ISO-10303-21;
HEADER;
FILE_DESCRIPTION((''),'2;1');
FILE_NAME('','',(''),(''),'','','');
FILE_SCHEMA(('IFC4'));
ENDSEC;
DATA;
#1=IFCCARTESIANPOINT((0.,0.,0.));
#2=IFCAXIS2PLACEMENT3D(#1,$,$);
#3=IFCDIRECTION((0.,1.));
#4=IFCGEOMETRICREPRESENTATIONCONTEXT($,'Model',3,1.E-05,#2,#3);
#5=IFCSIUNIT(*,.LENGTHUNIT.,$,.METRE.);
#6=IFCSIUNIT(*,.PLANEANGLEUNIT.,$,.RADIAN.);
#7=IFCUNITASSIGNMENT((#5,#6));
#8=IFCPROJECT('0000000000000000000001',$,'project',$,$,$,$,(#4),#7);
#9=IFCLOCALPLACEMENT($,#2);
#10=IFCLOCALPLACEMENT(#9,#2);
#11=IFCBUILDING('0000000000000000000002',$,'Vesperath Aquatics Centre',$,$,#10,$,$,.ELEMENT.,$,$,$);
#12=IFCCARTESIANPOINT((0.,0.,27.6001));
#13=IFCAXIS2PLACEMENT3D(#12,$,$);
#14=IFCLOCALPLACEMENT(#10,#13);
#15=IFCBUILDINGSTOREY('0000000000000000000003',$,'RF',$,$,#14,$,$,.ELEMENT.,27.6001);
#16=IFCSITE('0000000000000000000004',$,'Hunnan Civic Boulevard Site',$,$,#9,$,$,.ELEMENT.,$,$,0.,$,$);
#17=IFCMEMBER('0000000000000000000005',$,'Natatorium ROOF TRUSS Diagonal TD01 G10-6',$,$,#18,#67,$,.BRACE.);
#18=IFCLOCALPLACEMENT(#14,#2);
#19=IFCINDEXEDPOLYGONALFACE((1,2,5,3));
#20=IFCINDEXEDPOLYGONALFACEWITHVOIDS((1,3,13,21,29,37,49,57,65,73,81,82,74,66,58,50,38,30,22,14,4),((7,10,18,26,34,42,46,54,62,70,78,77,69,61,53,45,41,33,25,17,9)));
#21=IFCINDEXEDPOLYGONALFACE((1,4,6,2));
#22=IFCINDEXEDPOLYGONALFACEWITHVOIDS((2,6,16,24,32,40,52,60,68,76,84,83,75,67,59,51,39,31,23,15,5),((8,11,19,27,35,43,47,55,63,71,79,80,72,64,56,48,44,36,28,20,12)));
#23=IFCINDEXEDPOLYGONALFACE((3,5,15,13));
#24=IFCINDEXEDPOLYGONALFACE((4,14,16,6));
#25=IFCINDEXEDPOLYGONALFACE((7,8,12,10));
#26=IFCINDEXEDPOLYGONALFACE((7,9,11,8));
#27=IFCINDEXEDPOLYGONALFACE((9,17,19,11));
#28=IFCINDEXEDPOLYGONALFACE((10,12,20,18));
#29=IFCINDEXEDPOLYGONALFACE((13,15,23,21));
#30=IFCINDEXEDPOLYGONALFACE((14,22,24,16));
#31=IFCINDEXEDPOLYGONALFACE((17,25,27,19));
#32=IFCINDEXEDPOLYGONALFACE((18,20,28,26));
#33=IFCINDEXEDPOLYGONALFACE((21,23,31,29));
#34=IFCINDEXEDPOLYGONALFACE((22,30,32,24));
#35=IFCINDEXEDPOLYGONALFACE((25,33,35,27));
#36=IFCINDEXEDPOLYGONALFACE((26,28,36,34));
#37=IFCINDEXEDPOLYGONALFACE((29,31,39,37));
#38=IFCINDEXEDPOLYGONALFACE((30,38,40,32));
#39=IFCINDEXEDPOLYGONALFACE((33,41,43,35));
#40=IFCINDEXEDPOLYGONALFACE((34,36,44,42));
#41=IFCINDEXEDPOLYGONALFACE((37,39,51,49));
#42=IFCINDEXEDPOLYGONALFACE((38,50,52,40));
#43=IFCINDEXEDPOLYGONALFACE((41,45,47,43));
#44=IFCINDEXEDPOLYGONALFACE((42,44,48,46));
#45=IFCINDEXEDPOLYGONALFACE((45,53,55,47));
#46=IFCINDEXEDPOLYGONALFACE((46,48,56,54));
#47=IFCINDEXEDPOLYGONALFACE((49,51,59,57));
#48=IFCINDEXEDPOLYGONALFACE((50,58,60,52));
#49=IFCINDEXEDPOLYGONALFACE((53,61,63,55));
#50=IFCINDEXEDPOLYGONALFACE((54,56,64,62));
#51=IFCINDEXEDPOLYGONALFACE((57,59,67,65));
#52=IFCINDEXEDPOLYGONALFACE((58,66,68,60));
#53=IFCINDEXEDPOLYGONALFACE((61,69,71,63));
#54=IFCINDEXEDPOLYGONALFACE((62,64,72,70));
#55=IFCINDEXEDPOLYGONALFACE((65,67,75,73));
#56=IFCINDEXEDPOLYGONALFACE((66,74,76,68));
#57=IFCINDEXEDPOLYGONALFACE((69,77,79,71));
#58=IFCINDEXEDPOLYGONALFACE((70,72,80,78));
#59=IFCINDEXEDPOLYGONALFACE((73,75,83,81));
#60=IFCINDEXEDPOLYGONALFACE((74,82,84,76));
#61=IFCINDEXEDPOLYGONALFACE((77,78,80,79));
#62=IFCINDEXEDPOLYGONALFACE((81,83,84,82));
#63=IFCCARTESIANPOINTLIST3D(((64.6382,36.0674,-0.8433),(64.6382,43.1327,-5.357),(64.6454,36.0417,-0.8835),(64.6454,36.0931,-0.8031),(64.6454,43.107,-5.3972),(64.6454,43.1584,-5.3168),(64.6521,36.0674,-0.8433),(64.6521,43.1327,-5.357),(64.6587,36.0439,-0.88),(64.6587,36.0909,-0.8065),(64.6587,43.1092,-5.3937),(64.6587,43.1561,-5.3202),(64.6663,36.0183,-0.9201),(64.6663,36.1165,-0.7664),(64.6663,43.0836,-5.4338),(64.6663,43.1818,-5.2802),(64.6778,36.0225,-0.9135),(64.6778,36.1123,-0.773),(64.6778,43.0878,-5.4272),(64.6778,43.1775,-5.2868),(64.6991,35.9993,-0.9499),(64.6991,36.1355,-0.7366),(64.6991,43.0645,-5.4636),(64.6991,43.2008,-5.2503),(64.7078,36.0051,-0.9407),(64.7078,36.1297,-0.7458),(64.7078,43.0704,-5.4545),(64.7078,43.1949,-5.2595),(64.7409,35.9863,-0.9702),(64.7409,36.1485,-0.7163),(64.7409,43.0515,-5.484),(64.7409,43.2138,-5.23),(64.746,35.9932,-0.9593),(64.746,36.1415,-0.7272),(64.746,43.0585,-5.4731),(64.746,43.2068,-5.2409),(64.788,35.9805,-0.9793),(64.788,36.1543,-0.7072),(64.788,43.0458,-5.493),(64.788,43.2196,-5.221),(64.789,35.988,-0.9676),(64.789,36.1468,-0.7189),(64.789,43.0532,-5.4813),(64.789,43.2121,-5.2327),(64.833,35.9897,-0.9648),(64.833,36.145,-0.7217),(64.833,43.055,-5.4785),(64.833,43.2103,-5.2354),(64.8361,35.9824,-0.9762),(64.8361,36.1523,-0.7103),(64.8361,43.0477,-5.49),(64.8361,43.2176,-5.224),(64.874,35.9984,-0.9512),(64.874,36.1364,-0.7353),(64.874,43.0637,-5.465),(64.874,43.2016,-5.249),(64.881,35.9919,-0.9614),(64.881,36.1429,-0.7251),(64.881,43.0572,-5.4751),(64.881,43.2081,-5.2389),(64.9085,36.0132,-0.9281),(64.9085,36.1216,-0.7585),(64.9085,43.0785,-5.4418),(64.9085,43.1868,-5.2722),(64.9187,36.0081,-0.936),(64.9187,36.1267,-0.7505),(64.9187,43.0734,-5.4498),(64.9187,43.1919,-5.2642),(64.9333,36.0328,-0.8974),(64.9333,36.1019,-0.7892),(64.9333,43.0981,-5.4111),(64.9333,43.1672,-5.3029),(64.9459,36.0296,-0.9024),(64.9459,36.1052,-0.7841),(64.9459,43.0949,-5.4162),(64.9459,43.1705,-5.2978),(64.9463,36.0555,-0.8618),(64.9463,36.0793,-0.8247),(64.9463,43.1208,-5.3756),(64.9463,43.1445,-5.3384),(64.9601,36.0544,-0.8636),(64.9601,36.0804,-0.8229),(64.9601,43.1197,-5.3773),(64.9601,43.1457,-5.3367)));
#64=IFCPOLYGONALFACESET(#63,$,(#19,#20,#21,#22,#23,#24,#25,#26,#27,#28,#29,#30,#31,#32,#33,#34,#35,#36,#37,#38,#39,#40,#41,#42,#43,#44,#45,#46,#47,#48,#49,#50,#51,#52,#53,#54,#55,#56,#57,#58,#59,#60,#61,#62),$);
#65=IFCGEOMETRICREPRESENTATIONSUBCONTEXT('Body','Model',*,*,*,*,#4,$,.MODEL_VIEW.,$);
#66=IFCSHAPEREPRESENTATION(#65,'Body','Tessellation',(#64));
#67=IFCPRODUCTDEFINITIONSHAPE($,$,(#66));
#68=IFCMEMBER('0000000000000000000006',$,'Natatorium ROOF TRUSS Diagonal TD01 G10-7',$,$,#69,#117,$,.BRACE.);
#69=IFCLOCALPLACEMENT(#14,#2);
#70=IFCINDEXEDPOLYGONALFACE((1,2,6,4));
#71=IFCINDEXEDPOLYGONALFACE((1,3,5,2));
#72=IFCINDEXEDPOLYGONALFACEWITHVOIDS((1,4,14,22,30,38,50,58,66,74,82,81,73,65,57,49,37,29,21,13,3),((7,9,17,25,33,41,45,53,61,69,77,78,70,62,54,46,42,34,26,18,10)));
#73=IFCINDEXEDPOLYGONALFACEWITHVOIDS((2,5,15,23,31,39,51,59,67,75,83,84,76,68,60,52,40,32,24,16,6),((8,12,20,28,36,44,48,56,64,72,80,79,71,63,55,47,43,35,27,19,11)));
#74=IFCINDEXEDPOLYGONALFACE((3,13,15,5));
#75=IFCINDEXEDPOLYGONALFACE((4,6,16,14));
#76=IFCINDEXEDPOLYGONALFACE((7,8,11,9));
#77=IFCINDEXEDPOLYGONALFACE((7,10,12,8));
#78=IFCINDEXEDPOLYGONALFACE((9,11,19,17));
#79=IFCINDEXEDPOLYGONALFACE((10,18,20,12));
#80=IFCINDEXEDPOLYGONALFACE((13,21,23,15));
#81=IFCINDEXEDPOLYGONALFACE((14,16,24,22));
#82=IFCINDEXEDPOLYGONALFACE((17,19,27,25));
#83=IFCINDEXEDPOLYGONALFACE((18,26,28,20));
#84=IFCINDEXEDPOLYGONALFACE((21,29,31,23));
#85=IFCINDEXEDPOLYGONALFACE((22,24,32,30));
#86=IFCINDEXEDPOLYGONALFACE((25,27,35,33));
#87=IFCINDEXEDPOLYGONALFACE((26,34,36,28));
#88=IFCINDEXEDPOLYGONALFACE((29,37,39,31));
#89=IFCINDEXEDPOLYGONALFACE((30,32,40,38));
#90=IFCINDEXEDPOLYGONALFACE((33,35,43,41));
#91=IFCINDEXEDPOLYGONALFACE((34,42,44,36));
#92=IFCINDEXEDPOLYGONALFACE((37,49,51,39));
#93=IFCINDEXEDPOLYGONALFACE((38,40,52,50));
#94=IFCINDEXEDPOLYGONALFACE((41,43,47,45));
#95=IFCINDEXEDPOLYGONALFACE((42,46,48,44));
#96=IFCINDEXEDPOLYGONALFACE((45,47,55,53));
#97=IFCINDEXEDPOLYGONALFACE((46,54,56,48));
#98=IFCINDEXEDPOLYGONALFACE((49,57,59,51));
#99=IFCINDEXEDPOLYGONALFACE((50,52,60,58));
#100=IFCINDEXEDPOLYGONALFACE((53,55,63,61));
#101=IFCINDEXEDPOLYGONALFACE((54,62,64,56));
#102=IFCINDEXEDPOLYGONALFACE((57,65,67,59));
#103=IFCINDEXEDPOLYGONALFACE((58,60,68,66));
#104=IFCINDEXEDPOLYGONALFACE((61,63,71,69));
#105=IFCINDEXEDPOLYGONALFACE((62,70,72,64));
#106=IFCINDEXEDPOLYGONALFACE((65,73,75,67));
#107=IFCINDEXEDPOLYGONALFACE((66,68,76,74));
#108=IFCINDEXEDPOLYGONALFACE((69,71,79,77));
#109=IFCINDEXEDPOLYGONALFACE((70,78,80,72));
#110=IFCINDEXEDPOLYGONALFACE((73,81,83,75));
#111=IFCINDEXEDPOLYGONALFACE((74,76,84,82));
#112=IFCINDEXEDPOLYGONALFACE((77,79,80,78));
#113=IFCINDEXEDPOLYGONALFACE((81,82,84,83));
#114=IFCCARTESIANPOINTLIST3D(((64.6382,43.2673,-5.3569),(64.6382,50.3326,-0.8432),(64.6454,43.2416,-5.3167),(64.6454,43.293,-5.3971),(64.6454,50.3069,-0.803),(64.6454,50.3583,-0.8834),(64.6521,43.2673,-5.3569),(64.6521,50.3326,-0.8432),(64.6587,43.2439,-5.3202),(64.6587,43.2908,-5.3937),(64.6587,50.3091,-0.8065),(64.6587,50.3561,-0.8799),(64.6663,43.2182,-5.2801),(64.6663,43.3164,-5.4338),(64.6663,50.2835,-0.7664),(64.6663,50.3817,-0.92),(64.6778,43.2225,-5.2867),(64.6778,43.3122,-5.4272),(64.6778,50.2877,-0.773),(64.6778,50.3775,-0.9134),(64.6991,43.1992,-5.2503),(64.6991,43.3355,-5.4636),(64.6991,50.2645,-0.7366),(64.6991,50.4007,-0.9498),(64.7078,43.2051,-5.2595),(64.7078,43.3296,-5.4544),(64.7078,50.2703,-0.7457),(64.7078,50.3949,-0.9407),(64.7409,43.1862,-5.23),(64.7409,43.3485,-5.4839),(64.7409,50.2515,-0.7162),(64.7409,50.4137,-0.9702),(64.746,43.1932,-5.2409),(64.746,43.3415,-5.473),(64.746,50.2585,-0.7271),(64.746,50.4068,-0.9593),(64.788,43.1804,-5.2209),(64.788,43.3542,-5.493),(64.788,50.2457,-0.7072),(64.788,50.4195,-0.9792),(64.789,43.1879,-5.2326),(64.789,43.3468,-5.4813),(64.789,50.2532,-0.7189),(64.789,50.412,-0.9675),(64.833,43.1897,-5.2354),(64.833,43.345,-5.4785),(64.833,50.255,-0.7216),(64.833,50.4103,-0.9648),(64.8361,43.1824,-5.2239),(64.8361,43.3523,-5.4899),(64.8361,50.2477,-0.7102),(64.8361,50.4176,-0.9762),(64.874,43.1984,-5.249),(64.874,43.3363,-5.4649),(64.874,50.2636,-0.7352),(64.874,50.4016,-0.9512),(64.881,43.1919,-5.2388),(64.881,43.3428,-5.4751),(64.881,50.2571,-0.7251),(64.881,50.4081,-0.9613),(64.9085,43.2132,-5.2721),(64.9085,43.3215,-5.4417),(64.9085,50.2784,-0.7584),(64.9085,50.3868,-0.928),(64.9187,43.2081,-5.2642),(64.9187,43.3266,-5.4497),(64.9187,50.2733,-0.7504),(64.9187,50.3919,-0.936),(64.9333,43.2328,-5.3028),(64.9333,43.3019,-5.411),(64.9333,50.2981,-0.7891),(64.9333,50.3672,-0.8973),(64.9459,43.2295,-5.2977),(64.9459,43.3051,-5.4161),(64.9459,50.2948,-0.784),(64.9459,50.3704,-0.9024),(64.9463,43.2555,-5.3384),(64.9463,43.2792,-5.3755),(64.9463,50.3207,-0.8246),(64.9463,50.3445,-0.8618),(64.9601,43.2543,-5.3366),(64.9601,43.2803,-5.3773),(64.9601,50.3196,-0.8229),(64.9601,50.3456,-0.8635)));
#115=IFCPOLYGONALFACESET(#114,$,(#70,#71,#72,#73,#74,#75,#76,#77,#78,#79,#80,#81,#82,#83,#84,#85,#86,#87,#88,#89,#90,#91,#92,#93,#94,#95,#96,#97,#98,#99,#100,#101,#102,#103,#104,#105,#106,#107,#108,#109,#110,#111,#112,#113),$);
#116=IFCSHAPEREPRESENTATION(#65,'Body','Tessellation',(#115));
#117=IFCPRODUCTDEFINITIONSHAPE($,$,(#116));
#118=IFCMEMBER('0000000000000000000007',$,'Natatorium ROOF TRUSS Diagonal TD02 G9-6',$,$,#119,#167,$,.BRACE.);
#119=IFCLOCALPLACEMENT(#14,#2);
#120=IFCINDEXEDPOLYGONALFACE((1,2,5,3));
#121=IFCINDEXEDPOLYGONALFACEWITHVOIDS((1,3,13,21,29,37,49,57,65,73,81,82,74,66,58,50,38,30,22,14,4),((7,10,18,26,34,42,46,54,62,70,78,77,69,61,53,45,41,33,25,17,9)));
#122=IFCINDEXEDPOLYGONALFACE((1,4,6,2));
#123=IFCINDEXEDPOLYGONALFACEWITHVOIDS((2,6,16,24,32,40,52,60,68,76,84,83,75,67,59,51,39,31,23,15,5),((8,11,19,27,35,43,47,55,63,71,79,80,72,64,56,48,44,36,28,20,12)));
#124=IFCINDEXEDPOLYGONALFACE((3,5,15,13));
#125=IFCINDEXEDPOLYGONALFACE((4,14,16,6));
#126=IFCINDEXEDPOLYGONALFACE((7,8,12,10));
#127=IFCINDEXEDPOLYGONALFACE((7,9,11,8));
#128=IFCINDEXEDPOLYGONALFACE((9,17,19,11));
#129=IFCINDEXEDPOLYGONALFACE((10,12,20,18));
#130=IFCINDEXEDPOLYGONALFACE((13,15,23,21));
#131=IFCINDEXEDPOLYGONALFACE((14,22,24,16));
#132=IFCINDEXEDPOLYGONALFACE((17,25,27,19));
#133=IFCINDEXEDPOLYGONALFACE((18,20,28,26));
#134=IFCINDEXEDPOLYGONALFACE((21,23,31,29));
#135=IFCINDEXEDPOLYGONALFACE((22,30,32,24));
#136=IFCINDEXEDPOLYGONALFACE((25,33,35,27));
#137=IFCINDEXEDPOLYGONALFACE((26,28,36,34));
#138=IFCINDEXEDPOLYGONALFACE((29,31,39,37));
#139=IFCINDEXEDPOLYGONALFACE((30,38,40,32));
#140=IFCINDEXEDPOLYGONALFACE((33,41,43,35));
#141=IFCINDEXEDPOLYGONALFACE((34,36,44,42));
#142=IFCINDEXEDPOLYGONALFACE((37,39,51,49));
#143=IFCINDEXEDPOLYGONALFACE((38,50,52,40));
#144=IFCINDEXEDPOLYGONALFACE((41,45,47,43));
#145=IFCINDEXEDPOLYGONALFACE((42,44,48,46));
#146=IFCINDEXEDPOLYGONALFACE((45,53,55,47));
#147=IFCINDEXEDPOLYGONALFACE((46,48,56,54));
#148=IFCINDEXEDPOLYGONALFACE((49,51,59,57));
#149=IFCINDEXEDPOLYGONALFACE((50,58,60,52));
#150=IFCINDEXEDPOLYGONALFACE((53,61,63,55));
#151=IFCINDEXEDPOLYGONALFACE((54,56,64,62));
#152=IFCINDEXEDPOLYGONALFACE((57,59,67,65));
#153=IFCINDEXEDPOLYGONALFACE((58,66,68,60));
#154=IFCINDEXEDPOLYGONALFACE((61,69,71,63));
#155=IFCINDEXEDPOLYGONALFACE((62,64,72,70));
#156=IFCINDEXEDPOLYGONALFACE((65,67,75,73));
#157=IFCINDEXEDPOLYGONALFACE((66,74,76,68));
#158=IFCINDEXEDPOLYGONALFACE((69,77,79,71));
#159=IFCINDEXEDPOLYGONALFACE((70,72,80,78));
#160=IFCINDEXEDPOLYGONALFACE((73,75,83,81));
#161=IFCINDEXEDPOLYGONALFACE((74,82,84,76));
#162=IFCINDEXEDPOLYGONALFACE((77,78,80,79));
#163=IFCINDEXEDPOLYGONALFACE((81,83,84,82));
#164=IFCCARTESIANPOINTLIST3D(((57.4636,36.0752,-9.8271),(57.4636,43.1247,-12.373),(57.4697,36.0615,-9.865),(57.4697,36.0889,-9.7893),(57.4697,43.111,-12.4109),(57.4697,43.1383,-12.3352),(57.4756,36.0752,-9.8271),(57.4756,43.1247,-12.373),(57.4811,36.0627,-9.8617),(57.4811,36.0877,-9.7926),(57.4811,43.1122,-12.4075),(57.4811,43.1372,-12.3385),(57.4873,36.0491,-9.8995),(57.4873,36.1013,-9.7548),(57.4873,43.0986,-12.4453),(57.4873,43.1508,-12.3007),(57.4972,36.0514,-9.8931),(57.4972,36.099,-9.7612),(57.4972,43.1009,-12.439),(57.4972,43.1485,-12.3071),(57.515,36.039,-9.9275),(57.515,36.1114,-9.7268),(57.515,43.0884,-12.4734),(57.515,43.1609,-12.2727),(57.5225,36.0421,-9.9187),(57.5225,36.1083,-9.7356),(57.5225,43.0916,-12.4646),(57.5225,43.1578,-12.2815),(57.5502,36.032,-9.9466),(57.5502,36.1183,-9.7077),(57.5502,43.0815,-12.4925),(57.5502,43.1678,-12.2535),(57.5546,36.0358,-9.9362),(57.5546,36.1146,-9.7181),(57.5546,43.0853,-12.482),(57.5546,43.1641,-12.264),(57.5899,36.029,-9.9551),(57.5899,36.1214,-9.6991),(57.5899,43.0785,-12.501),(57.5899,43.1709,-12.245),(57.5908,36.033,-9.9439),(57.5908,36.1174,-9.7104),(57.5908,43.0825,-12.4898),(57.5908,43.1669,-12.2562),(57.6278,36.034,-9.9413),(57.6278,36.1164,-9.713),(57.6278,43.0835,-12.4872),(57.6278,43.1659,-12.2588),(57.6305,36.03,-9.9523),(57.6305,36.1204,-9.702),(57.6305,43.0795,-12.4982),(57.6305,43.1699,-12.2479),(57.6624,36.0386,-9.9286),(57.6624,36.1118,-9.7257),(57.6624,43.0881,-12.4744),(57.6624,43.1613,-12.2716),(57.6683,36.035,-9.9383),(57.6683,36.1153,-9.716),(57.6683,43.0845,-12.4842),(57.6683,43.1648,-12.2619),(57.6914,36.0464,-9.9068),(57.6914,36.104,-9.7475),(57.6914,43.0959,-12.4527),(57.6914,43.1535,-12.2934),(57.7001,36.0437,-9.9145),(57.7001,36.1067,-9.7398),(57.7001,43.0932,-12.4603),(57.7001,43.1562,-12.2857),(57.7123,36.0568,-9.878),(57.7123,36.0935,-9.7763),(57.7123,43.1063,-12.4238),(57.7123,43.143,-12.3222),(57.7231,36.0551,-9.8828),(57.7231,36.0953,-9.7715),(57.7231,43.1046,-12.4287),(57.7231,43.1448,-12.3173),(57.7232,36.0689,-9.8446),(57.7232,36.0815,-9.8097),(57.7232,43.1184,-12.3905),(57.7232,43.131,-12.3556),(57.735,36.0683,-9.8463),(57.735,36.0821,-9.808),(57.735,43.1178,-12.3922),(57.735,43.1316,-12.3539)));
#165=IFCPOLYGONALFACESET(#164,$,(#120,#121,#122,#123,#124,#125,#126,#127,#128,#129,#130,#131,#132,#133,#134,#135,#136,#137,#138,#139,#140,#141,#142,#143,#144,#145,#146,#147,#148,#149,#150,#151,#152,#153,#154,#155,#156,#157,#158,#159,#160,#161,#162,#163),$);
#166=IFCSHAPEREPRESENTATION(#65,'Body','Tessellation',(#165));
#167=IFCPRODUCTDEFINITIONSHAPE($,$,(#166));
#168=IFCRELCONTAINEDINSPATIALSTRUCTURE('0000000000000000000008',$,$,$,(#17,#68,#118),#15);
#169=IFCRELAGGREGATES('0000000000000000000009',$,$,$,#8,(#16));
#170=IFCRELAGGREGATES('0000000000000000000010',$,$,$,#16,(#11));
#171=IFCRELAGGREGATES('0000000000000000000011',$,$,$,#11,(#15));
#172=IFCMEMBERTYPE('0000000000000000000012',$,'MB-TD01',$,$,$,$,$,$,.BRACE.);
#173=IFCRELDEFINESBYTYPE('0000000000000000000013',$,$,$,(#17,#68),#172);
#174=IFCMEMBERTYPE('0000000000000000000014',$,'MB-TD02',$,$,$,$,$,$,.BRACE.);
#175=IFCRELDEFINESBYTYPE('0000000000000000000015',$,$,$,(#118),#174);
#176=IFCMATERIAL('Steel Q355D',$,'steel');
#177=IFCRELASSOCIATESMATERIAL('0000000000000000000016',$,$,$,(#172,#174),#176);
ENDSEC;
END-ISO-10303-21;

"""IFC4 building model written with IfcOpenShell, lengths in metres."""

from ifc_helpers import new_model, si_unit, direction, frame, origin, origin_2d, place, context, subcontext, project, spatial, hollow_circle, extrude, material, material_profile, profile_set, type_object, element, save


model = new_model("IFC4")

# Units and contexts
model_context = context("Model", 3, precision=1e-05, world=origin(), true_north=direction((0.0, 1.0)))
body_context = subcontext(model_context, "Body", "Model", "MODEL_VIEW")
ifc_project = project(units=[si_unit("LENGTHUNIT", "METRE"), si_unit("PLANEANGLEUNIT", "RADIAN")], contexts=[model_context])

# Site, building, storey
site_placement = place(None, origin())
site = spatial("IfcSite", under=ifc_project, at=site_placement, Name="Hunnan Civic Boulevard Site", CompositionType="ELEMENT", RefElevation=0.0)
building_placement = place(site_placement, origin())
building = spatial("IfcBuilding", under=site, at=building_placement, Name="Vesperath Aquatics Centre", CompositionType="ELEMENT")
storey_placement = place(building_placement, frame((0.0, 0.0, 27.6001)))
storey = spatial("IfcBuildingStorey", under=building, at=storey_placement, Name="RF", CompositionType="ELEMENT", Elevation=27.6001)

# Members
ifc_material_1 = material(Name="Steel Q355D", Category="steel")
ifc_material_profile_1 = material_profile(ifc_material_1, hollow_circle(Radius=0.1619, WallThickness=0.0139, at=origin_2d()), Name="CHS 323.9x14")
ifc_profile_set_1 = profile_set([ifc_material_profile_1], Name="Steel Q355D")
member_type_1 = type_object("IfcMemberType", Name="MB-TD01", PredefinedType="BRACE", material=ifc_profile_set_1)
for number, where, z_axis, x_axis, name in (
    (1, (64.8, 36.0674, -0.8433), (0.0, 0.842707, -0.538373), (-1.0, 0.0, 0.0), "Natatorium ROOF TRUSS Diagonal TD01 G10-6"),
    (2, (64.8, 43.2673, -5.3569), (0.0, 0.842707, 0.538373), (-1.0, 0.0, 0.0), "Natatorium ROOF TRUSS Diagonal TD01 G10-7"),
):
    element("IfcMember", number, at=place(storey_placement, frame(where, z_axis=z_axis, x_axis=x_axis)), inside=storey, type_object=member_type_1, Name=name, PredefinedType="BRACE", context=body_context, shape_type="SweptSolid", body=[
        extrude(hollow_circle(Radius=0.1619, WallThickness=0.0139, at=origin_2d()), origin(), (0.0, 0.0, 1.0), 8.384),
    ])
ifc_material_profile_2 = material_profile(ifc_material_1, hollow_circle(Radius=0.1365, WallThickness=0.012, at=origin_2d()), Name="CHS 273.0x12")
ifc_profile_set_2 = profile_set([ifc_material_profile_2], Name="Steel Q355D")
member_type_2 = type_object("IfcMemberType", Name="MB-TD02", PredefinedType="BRACE", material=ifc_profile_set_2)
for number, where, z_axis, x_axis, name in (
    (3, (57.6001, 36.0752, -9.8271), (0.0, 0.940544, -0.339671), (-1.0, 0.0, 0.0), "Natatorium ROOF TRUSS Diagonal TD02 G9-6"),
):
    element("IfcMember", number, at=place(storey_placement, frame(where, z_axis=z_axis, x_axis=x_axis)), inside=storey, type_object=member_type_2, Name=name, PredefinedType="BRACE", context=body_context, shape_type="SweptSolid", body=[
        extrude(hollow_circle(Radius=0.1365, WallThickness=0.012, at=origin_2d()), origin(), (0.0, 0.0, 1.0), 7.4951),
    ])

save(model, "model.ifc")
